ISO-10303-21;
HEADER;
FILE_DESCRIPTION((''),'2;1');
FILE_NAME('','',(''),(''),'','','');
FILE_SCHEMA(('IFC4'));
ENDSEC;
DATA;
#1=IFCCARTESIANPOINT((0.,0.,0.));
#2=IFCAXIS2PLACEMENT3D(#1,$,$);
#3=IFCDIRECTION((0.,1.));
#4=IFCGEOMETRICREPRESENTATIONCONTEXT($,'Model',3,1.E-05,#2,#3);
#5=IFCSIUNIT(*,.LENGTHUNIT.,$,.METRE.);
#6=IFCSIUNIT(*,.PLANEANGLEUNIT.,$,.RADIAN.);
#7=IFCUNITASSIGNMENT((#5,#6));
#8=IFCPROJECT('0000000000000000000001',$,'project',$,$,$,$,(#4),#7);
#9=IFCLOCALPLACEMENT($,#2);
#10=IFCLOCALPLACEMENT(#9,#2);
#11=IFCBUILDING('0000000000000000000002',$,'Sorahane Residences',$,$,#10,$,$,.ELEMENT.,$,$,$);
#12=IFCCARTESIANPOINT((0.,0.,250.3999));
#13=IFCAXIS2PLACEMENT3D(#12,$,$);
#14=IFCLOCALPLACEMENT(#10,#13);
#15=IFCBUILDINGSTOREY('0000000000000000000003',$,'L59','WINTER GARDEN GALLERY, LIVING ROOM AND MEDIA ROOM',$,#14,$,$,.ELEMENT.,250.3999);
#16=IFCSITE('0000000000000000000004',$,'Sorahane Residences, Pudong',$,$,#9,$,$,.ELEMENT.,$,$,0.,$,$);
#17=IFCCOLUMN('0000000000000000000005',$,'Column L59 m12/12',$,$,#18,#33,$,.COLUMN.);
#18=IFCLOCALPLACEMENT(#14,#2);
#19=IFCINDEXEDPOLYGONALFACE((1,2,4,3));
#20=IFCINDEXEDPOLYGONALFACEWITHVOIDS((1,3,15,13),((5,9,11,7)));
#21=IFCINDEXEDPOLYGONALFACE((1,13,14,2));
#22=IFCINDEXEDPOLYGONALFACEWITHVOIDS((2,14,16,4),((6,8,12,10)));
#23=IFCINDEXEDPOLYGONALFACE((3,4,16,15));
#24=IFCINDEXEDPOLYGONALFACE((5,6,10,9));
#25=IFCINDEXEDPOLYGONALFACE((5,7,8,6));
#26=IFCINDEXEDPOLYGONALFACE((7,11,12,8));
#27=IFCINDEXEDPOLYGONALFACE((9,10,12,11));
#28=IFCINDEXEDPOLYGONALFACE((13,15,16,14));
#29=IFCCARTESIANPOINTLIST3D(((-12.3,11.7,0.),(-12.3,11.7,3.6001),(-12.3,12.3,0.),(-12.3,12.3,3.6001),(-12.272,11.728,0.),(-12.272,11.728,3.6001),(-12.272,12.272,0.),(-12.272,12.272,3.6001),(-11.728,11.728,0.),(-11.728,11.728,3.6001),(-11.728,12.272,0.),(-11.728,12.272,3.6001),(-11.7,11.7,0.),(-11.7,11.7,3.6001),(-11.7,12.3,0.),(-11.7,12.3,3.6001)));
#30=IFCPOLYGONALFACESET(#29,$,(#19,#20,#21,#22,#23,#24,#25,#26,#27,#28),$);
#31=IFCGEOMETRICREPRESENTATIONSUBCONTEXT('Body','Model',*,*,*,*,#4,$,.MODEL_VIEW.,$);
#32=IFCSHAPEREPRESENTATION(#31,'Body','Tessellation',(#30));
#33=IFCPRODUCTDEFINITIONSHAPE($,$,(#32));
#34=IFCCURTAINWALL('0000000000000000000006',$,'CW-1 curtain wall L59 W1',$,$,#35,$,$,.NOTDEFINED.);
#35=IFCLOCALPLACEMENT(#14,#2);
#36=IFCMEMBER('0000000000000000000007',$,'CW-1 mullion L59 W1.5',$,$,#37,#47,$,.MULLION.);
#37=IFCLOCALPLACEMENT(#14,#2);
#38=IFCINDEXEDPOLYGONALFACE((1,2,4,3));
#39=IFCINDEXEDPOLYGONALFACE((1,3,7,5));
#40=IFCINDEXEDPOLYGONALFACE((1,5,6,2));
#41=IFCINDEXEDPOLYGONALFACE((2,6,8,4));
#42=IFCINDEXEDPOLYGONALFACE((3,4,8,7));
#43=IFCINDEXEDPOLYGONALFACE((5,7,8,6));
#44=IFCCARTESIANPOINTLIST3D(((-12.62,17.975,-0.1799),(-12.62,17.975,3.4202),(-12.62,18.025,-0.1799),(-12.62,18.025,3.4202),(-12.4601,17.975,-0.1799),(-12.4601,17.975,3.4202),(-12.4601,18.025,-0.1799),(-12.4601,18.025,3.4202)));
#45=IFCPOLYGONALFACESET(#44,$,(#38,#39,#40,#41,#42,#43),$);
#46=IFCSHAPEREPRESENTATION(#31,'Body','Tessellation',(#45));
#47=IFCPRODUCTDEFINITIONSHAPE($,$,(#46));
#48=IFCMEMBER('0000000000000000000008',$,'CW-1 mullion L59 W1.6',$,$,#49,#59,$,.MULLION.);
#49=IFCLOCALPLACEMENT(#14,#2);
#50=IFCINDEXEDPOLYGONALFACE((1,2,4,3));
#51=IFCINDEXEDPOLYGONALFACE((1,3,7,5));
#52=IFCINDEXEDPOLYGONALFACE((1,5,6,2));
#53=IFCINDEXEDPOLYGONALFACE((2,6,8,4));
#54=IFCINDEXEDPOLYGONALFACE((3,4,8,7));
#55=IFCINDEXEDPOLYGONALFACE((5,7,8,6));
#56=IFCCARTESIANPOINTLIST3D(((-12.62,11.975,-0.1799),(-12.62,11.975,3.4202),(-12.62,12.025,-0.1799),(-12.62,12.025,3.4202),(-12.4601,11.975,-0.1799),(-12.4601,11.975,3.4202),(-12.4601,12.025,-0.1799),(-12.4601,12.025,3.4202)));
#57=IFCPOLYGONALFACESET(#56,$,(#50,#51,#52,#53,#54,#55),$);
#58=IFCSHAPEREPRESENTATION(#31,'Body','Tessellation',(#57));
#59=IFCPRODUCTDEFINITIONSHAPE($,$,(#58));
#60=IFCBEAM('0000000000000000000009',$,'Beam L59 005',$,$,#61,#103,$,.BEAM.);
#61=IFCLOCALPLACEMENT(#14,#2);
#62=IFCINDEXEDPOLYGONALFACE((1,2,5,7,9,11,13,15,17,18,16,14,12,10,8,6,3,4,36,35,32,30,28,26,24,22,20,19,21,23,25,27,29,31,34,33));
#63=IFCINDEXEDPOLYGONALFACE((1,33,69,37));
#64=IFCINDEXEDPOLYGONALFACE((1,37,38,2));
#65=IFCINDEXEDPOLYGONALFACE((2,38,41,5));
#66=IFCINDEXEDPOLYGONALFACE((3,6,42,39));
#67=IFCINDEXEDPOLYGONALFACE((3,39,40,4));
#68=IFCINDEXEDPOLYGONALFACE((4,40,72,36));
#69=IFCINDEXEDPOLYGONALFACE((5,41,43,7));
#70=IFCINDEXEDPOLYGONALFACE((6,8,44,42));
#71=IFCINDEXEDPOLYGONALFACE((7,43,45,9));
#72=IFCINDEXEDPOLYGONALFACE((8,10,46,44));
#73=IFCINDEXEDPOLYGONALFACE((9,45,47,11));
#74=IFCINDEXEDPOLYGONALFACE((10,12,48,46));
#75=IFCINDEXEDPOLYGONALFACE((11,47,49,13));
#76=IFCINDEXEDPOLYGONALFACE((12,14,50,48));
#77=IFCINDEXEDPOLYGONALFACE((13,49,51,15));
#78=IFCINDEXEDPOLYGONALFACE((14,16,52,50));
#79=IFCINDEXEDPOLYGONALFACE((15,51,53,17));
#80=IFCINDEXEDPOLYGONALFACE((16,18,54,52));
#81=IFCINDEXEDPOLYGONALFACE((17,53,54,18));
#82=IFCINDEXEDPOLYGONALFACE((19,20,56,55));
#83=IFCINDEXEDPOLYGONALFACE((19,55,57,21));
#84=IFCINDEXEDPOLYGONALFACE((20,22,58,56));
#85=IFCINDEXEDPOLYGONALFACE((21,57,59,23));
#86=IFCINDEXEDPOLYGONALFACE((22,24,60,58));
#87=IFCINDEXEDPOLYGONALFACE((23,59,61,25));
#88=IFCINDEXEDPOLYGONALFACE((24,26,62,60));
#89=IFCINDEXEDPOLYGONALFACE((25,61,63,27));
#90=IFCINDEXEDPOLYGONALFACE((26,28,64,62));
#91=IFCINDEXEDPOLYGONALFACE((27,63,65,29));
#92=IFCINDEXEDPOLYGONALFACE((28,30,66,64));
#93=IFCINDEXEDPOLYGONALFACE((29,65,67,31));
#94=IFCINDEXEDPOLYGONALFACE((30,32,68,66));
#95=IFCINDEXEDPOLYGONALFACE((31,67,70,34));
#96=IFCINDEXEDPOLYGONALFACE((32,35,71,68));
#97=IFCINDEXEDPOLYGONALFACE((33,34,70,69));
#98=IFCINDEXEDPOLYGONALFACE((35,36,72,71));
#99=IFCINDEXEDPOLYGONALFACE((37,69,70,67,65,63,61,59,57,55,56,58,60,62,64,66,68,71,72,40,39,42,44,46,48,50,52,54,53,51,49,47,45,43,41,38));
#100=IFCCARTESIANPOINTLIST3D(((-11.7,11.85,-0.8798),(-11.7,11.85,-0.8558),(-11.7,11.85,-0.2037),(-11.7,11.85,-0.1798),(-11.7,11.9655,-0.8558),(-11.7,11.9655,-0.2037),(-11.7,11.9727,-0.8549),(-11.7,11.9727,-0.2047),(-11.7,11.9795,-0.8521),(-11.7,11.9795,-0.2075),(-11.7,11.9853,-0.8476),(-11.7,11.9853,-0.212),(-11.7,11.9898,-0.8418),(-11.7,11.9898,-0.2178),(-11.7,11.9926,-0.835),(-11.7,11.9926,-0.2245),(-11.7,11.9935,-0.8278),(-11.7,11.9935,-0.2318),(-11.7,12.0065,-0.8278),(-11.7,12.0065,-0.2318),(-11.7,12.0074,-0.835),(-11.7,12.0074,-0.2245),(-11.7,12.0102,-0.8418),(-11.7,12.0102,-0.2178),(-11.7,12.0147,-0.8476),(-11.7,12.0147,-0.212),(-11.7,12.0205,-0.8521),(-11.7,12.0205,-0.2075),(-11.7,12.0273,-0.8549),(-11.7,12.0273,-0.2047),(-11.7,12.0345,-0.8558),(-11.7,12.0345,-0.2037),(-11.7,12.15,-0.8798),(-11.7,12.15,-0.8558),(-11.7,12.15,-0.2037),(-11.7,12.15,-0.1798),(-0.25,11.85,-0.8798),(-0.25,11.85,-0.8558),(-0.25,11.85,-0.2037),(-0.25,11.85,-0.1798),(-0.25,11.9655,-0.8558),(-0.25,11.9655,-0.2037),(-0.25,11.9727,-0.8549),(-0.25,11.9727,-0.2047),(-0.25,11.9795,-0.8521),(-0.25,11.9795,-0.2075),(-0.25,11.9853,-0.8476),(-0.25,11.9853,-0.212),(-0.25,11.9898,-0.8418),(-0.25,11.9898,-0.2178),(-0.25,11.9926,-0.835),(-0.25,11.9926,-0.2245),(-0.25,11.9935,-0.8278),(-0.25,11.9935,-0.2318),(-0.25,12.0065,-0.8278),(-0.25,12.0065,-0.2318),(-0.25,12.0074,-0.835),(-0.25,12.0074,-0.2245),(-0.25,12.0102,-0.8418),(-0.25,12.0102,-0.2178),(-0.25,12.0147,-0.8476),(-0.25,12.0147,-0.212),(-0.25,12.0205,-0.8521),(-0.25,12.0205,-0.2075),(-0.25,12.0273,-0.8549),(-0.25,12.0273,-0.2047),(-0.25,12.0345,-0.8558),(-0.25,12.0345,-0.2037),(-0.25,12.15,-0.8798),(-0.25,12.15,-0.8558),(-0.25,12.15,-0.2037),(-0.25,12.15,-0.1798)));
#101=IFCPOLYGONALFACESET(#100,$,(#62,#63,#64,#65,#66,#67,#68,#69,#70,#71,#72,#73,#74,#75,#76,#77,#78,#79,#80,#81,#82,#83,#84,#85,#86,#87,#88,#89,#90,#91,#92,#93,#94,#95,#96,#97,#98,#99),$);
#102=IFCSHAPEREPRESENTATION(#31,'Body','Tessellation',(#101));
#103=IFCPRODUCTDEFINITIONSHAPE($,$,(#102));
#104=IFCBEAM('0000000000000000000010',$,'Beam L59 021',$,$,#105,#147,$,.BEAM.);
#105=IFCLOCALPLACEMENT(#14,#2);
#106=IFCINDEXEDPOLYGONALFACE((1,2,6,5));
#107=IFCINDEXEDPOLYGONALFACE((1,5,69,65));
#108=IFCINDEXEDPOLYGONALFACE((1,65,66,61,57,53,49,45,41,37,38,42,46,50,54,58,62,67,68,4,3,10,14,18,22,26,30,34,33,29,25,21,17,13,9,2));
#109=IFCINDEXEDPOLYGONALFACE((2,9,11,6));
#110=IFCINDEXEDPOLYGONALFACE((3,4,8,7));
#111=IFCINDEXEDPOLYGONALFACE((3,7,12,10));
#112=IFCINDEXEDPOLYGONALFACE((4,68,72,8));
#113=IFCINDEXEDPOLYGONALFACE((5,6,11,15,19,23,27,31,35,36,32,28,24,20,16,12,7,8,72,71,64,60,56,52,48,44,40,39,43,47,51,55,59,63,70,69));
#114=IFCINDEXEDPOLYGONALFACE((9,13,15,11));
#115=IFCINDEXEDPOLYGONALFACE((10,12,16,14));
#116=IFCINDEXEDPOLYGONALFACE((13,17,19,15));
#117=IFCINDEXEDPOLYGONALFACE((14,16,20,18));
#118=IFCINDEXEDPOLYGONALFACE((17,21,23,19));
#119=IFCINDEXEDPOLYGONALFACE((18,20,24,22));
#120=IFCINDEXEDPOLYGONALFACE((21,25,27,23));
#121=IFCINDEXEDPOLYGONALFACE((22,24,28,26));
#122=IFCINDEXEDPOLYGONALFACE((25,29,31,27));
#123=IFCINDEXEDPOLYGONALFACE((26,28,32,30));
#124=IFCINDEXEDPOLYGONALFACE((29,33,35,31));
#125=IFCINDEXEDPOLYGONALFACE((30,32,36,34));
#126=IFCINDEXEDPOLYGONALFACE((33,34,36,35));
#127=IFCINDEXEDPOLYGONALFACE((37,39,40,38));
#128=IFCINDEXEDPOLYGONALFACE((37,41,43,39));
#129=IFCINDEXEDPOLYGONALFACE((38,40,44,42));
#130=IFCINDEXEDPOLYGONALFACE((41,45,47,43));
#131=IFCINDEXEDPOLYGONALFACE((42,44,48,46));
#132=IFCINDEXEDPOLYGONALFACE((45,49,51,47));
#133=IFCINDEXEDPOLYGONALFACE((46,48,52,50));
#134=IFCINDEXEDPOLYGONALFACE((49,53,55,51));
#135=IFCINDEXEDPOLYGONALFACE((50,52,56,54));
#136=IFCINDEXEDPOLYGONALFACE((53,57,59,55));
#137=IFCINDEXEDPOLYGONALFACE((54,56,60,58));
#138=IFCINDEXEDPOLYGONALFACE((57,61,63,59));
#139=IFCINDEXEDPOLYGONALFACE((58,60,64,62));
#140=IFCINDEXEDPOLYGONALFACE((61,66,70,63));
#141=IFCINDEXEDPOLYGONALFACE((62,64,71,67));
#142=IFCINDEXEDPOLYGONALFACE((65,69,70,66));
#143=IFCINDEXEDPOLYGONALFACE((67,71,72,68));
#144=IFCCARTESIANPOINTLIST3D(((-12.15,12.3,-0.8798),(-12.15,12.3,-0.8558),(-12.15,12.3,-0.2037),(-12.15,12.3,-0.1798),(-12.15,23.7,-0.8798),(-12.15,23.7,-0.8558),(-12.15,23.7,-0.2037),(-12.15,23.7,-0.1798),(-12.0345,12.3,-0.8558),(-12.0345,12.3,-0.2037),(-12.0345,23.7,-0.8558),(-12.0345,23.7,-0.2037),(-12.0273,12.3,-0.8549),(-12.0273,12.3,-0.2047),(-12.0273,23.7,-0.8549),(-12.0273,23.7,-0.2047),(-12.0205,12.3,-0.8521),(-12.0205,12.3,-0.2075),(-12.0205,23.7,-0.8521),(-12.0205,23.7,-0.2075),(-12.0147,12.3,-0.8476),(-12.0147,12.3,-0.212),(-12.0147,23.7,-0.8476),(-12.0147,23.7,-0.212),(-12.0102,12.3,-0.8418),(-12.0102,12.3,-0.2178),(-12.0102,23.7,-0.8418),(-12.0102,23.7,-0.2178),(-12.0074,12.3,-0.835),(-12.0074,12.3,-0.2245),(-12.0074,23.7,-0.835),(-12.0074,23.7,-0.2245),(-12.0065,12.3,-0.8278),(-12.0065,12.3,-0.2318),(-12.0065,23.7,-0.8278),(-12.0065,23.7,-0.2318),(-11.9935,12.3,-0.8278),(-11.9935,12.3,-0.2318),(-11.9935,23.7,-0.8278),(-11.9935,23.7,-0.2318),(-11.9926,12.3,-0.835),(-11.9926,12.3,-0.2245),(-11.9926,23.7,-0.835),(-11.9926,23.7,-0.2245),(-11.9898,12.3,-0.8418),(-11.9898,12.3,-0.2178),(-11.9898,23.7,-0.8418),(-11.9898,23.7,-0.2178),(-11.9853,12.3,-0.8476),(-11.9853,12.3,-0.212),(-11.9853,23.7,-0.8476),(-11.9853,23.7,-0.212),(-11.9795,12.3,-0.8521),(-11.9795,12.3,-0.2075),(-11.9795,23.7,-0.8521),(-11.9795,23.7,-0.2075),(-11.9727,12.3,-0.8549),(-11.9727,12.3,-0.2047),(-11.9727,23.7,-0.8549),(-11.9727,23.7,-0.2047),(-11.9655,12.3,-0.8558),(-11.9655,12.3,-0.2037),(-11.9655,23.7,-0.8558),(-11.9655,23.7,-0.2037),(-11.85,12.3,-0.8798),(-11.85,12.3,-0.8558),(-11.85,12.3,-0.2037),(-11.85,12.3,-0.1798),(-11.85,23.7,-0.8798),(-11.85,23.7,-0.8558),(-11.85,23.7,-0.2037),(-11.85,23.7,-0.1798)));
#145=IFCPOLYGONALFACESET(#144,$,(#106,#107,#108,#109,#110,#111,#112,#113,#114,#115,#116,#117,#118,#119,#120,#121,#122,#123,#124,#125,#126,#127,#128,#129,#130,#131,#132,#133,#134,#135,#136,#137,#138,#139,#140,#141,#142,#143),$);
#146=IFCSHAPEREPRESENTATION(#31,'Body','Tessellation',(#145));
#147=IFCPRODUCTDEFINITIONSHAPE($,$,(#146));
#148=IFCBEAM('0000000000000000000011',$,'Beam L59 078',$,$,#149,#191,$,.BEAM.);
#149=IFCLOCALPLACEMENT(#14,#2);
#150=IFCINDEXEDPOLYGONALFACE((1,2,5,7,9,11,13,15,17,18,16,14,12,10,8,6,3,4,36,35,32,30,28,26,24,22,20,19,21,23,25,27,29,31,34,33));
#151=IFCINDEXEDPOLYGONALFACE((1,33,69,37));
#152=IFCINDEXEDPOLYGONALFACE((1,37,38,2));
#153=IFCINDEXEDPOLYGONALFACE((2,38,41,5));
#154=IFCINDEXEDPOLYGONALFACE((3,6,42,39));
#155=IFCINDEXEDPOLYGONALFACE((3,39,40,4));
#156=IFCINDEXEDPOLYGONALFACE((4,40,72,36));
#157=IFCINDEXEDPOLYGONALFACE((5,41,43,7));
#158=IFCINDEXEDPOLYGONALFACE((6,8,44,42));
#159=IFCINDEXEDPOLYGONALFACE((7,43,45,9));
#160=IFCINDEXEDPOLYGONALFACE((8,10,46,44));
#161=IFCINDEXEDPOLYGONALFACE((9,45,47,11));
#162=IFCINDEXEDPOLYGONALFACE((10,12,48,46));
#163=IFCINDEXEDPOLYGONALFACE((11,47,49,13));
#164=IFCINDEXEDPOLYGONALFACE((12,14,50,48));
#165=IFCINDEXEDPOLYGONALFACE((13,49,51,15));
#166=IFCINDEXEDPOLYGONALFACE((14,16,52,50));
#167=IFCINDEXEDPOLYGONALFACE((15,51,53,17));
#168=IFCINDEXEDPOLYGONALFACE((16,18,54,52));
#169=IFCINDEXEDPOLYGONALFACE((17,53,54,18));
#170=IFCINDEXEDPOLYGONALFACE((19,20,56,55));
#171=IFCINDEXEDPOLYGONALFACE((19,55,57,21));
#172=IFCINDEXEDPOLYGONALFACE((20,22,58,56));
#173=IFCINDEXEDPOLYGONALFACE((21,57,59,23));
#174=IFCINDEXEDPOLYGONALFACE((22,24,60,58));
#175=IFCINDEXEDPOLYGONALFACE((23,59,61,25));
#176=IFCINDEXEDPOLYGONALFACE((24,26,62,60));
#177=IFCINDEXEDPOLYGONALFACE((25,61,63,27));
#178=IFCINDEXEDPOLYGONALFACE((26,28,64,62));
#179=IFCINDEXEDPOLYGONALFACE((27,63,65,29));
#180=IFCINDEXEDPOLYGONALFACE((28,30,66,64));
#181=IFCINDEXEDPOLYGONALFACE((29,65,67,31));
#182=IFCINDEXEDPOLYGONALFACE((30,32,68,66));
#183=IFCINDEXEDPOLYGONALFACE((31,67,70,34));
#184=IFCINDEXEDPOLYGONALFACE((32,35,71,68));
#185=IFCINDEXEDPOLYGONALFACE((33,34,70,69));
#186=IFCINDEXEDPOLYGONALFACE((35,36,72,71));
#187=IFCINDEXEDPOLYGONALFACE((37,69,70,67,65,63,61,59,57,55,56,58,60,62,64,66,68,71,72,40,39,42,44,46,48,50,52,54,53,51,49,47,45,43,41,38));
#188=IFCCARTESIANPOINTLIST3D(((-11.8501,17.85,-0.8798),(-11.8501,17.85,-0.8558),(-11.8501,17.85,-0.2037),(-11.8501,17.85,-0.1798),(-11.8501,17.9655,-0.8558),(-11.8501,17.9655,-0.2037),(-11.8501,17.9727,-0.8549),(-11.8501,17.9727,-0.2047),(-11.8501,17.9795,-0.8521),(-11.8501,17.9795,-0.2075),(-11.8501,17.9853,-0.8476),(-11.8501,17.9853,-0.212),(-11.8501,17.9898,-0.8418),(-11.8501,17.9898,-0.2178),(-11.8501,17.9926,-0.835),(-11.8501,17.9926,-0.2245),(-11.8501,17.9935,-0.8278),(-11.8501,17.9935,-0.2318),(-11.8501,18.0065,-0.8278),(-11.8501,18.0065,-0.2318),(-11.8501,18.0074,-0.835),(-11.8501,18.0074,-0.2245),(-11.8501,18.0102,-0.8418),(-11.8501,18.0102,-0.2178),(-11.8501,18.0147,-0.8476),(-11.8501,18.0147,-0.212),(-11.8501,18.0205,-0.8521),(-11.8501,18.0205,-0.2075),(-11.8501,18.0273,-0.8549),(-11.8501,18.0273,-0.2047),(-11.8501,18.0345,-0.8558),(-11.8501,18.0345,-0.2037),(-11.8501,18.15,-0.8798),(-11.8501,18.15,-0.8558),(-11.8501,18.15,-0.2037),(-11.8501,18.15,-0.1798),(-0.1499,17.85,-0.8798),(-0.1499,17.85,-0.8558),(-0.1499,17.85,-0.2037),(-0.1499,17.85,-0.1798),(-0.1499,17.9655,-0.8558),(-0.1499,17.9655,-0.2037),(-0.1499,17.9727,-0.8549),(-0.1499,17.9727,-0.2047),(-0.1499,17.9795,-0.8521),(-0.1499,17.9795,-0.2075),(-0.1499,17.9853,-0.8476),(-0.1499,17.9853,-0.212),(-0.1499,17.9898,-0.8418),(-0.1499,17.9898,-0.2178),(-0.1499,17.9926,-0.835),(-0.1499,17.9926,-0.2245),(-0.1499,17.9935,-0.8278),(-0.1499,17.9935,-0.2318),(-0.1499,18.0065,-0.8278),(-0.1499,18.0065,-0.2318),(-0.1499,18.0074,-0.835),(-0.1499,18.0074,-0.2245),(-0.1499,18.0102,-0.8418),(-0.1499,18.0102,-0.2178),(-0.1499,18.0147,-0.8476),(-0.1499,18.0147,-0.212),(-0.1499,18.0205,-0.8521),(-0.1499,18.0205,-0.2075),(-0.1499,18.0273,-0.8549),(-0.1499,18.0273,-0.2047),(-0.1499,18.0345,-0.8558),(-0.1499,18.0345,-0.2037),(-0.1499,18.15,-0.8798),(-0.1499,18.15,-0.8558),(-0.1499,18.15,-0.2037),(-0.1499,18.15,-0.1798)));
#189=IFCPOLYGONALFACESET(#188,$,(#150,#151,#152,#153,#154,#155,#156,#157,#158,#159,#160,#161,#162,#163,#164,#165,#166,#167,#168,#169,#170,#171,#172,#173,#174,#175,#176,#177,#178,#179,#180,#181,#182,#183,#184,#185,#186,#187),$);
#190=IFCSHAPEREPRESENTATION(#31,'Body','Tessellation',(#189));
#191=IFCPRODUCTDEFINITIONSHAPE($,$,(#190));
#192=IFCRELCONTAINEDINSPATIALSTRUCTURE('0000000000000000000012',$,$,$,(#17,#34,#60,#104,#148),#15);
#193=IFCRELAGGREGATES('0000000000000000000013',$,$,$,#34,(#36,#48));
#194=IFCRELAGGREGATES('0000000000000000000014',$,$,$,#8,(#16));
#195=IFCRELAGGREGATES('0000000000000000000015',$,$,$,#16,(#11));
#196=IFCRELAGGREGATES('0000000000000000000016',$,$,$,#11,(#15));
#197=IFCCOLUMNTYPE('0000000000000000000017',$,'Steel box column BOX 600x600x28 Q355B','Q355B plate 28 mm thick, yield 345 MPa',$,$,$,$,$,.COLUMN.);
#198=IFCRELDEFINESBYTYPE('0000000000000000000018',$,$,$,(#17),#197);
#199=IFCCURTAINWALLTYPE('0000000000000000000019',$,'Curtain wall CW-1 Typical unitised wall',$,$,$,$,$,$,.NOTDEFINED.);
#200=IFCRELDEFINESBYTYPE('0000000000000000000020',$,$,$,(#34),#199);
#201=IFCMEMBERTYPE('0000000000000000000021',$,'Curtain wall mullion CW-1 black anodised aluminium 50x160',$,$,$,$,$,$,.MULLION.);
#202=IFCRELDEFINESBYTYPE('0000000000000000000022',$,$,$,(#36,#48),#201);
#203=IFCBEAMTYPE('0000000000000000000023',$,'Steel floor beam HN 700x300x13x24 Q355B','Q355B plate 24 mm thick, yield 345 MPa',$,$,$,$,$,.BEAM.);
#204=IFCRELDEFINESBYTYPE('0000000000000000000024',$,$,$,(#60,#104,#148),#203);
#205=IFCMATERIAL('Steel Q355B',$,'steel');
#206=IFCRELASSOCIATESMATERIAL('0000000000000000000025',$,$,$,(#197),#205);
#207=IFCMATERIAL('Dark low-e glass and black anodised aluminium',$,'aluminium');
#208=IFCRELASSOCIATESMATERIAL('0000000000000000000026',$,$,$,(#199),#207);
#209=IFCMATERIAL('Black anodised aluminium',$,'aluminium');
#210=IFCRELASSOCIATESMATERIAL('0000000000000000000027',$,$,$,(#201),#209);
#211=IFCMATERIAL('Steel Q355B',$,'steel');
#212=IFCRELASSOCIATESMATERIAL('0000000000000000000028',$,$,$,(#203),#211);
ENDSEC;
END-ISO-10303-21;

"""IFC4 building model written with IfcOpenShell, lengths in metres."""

from ifc_helpers import new_model, si_unit, direction, frame, origin, origin_2d, place, context, subcontext, project, spatial, rectangle, hollow_rectangle, i_section, extrude, material, material_profile, profile_set, type_object, element, aggregate, save


model = new_model("IFC4")

# Units and contexts
model_context = context("Model", 3, precision=1e-05, world=origin(), true_north=direction((0.0, 1.0)))
body_context = subcontext(model_context, "Body", "Model", "MODEL_VIEW")
ifc_project = project(units=[si_unit("LENGTHUNIT", "METRE"), si_unit("PLANEANGLEUNIT", "RADIAN")], contexts=[model_context])

# Site, building, storey
site_placement = place(None, origin())
site = spatial("IfcSite", under=ifc_project, at=site_placement, Name="Sorahane Residences, Pudong", CompositionType="ELEMENT", RefElevation=0.0)
building_placement = place(site_placement, origin())
building = spatial("IfcBuilding", under=site, at=building_placement, Name="Sorahane Residences", CompositionType="ELEMENT")
storey_placement = place(building_placement, frame((0.0, 0.0, 250.3999)))
storey = spatial("IfcBuildingStorey", under=building, at=storey_placement, Name="L59", Description="WINTER GARDEN GALLERY, LIVING ROOM AND MEDIA ROOM", CompositionType="ELEMENT", Elevation=250.3999)

# Column
ifc_material_1 = material(Name="Steel Q355B", Category="steel")
ifc_material_profile_1 = material_profile(ifc_material_1, hollow_rectangle(XDim=0.6001, YDim=0.6001, WallThickness=0.0281, at=origin_2d()), Name="BOX 600x600x28")
ifc_profile_set_1 = profile_set([ifc_material_profile_1], Name="Steel Q355B")
column_type = type_object("IfcColumnType", Name="Steel box column BOX 600x600x28 Q355B", Description="Q355B plate 28 mm thick, yield 345 MPa", PredefinedType="COLUMN", material=ifc_profile_set_1)
column_placement = place(storey_placement, frame((-12.0, 12.0, 0.0), z_axis=(0.0, 0.0, 1.0), x_axis=(1.0, 0.0, 0.0)))
element("IfcColumn", 1, at=column_placement, inside=storey, type_object=column_type, Name="Column L59 m12/12", PredefinedType="COLUMN", context=body_context, shape_type="SweptSolid", body=[
    extrude(hollow_rectangle(XDim=0.6001, YDim=0.6001, WallThickness=0.0281, at=origin_2d()), origin(), (0.0, 0.0, 1.0), 3.6001),
])

# Curtain wall, members
ifc_material_2 = material(Name="Dark low-e glass and black anodised aluminium", Category="aluminium")
curtain_wall_type = type_object("IfcCurtainWallType", Name="Curtain wall CW-1 Typical unitised wall", PredefinedType="NOTDEFINED", material=ifc_material_2)
curtain_wall_placement = place(storey_placement, origin())
curtain_wall = element("IfcCurtainWall", 2, at=curtain_wall_placement, inside=storey, type_object=curtain_wall_type, Name="CW-1 curtain wall L59 W1", PredefinedType="NOTDEFINED")
ifc_material_3 = material(Name="Black anodised aluminium", Category="aluminium")
ifc_material_profile_2 = material_profile(ifc_material_3, rectangle(XDim=0.1599, YDim=0.05, at=origin_2d()), Name="Curtain wall mullion CW-1 black anodised aluminium 50x160")
ifc_profile_set_2 = profile_set([ifc_material_profile_2], Name="Black anodised aluminium")
member_type = type_object("IfcMemberType", Name="Curtain wall mullion CW-1 black anodised aluminium 50x160", PredefinedType="MULLION", material=ifc_profile_set_2)
member_1_placement = place(storey_placement, frame((-12.54, 18.0, -0.1799), z_axis=(0.0, 0.0, 1.0), x_axis=(-1.0, 0.0, 0.0)))
member_1 = element("IfcMember", 3, at=member_1_placement, type_object=member_type, Name="CW-1 mullion L59 W1.5", PredefinedType="MULLION", context=body_context, shape_type="SweptSolid", body=[
    extrude(rectangle(XDim=0.1599, YDim=0.05, at=origin_2d()), origin(), (0.0, 0.0, 1.0), 3.6001),
])
member_2_placement = place(storey_placement, frame((-12.54, 12.0, -0.1799), z_axis=(0.0, 0.0, 1.0), x_axis=(-1.0, 0.0, 0.0)))
member_2 = element("IfcMember", 4, at=member_2_placement, type_object=member_type, Name="CW-1 mullion L59 W1.6", PredefinedType="MULLION", context=body_context, shape_type="SweptSolid", body=[
    extrude(rectangle(XDim=0.1599, YDim=0.05, at=origin_2d()), origin(), (0.0, 0.0, 1.0), 3.6001),
])

# Beams
ifc_material_4 = material(Name="Steel Q355B", Category="steel")
ifc_material_profile_3 = material_profile(ifc_material_4, i_section(OverallWidth=0.3, OverallDepth=0.7, WebThickness=0.0129, FlangeThickness=0.0239, FilletRadius=0.0281, at=origin_2d()), Name="HN 700x300x13x24")
ifc_profile_set_3 = profile_set([ifc_material_profile_3], Name="Steel Q355B")
beam_type = type_object("IfcBeamType", Name="Steel floor beam HN 700x300x13x24 Q355B", Description="Q355B plate 24 mm thick, yield 345 MPa", PredefinedType="BEAM", material=ifc_profile_set_3)
beam_1_placement = place(storey_placement, frame((-11.7, 12.0, -0.5298), z_axis=(1.0, 0.0, 0.0), x_axis=(0.0, 1.0, 0.0)))
element("IfcBeam", 5, at=beam_1_placement, inside=storey, type_object=beam_type, Name="Beam L59 005", PredefinedType="BEAM", context=body_context, shape_type="SweptSolid", body=[
    extrude(i_section(OverallWidth=0.3, OverallDepth=0.7, WebThickness=0.0129, FlangeThickness=0.0239, FilletRadius=0.0281, at=origin_2d()), origin(), (0.0, 0.0, 1.0), 11.45),
])
beam_2_placement = place(storey_placement, frame((-12.0, 12.3, -0.5298), z_axis=(0.0, 1.0, 0.0), x_axis=(-1.0, 0.0, 0.0)))
element("IfcBeam", 6, at=beam_2_placement, inside=storey, type_object=beam_type, Name="Beam L59 021", PredefinedType="BEAM", context=body_context, shape_type="SweptSolid", body=[
    extrude(i_section(OverallWidth=0.3, OverallDepth=0.7, WebThickness=0.0129, FlangeThickness=0.0239, FilletRadius=0.0281, at=origin_2d()), origin(), (0.0, 0.0, 1.0), 11.3999),
])
beam_3_placement = place(storey_placement, frame((-11.8501, 18.0, -0.5298), z_axis=(1.0, 0.0, 0.0), x_axis=(0.0, 1.0, 0.0)))
element("IfcBeam", 7, at=beam_3_placement, inside=storey, type_object=beam_type, Name="Beam L59 078", PredefinedType="BEAM", context=body_context, shape_type="SweptSolid", body=[
    extrude(i_section(OverallWidth=0.3, OverallDepth=0.7, WebThickness=0.0129, FlangeThickness=0.0239, FilletRadius=0.0281, at=origin_2d()), origin(), (0.0, 0.0, 1.0), 11.7002),
])

aggregate(curtain_wall, [member_1, member_2])

save(model, "model.ifc")
